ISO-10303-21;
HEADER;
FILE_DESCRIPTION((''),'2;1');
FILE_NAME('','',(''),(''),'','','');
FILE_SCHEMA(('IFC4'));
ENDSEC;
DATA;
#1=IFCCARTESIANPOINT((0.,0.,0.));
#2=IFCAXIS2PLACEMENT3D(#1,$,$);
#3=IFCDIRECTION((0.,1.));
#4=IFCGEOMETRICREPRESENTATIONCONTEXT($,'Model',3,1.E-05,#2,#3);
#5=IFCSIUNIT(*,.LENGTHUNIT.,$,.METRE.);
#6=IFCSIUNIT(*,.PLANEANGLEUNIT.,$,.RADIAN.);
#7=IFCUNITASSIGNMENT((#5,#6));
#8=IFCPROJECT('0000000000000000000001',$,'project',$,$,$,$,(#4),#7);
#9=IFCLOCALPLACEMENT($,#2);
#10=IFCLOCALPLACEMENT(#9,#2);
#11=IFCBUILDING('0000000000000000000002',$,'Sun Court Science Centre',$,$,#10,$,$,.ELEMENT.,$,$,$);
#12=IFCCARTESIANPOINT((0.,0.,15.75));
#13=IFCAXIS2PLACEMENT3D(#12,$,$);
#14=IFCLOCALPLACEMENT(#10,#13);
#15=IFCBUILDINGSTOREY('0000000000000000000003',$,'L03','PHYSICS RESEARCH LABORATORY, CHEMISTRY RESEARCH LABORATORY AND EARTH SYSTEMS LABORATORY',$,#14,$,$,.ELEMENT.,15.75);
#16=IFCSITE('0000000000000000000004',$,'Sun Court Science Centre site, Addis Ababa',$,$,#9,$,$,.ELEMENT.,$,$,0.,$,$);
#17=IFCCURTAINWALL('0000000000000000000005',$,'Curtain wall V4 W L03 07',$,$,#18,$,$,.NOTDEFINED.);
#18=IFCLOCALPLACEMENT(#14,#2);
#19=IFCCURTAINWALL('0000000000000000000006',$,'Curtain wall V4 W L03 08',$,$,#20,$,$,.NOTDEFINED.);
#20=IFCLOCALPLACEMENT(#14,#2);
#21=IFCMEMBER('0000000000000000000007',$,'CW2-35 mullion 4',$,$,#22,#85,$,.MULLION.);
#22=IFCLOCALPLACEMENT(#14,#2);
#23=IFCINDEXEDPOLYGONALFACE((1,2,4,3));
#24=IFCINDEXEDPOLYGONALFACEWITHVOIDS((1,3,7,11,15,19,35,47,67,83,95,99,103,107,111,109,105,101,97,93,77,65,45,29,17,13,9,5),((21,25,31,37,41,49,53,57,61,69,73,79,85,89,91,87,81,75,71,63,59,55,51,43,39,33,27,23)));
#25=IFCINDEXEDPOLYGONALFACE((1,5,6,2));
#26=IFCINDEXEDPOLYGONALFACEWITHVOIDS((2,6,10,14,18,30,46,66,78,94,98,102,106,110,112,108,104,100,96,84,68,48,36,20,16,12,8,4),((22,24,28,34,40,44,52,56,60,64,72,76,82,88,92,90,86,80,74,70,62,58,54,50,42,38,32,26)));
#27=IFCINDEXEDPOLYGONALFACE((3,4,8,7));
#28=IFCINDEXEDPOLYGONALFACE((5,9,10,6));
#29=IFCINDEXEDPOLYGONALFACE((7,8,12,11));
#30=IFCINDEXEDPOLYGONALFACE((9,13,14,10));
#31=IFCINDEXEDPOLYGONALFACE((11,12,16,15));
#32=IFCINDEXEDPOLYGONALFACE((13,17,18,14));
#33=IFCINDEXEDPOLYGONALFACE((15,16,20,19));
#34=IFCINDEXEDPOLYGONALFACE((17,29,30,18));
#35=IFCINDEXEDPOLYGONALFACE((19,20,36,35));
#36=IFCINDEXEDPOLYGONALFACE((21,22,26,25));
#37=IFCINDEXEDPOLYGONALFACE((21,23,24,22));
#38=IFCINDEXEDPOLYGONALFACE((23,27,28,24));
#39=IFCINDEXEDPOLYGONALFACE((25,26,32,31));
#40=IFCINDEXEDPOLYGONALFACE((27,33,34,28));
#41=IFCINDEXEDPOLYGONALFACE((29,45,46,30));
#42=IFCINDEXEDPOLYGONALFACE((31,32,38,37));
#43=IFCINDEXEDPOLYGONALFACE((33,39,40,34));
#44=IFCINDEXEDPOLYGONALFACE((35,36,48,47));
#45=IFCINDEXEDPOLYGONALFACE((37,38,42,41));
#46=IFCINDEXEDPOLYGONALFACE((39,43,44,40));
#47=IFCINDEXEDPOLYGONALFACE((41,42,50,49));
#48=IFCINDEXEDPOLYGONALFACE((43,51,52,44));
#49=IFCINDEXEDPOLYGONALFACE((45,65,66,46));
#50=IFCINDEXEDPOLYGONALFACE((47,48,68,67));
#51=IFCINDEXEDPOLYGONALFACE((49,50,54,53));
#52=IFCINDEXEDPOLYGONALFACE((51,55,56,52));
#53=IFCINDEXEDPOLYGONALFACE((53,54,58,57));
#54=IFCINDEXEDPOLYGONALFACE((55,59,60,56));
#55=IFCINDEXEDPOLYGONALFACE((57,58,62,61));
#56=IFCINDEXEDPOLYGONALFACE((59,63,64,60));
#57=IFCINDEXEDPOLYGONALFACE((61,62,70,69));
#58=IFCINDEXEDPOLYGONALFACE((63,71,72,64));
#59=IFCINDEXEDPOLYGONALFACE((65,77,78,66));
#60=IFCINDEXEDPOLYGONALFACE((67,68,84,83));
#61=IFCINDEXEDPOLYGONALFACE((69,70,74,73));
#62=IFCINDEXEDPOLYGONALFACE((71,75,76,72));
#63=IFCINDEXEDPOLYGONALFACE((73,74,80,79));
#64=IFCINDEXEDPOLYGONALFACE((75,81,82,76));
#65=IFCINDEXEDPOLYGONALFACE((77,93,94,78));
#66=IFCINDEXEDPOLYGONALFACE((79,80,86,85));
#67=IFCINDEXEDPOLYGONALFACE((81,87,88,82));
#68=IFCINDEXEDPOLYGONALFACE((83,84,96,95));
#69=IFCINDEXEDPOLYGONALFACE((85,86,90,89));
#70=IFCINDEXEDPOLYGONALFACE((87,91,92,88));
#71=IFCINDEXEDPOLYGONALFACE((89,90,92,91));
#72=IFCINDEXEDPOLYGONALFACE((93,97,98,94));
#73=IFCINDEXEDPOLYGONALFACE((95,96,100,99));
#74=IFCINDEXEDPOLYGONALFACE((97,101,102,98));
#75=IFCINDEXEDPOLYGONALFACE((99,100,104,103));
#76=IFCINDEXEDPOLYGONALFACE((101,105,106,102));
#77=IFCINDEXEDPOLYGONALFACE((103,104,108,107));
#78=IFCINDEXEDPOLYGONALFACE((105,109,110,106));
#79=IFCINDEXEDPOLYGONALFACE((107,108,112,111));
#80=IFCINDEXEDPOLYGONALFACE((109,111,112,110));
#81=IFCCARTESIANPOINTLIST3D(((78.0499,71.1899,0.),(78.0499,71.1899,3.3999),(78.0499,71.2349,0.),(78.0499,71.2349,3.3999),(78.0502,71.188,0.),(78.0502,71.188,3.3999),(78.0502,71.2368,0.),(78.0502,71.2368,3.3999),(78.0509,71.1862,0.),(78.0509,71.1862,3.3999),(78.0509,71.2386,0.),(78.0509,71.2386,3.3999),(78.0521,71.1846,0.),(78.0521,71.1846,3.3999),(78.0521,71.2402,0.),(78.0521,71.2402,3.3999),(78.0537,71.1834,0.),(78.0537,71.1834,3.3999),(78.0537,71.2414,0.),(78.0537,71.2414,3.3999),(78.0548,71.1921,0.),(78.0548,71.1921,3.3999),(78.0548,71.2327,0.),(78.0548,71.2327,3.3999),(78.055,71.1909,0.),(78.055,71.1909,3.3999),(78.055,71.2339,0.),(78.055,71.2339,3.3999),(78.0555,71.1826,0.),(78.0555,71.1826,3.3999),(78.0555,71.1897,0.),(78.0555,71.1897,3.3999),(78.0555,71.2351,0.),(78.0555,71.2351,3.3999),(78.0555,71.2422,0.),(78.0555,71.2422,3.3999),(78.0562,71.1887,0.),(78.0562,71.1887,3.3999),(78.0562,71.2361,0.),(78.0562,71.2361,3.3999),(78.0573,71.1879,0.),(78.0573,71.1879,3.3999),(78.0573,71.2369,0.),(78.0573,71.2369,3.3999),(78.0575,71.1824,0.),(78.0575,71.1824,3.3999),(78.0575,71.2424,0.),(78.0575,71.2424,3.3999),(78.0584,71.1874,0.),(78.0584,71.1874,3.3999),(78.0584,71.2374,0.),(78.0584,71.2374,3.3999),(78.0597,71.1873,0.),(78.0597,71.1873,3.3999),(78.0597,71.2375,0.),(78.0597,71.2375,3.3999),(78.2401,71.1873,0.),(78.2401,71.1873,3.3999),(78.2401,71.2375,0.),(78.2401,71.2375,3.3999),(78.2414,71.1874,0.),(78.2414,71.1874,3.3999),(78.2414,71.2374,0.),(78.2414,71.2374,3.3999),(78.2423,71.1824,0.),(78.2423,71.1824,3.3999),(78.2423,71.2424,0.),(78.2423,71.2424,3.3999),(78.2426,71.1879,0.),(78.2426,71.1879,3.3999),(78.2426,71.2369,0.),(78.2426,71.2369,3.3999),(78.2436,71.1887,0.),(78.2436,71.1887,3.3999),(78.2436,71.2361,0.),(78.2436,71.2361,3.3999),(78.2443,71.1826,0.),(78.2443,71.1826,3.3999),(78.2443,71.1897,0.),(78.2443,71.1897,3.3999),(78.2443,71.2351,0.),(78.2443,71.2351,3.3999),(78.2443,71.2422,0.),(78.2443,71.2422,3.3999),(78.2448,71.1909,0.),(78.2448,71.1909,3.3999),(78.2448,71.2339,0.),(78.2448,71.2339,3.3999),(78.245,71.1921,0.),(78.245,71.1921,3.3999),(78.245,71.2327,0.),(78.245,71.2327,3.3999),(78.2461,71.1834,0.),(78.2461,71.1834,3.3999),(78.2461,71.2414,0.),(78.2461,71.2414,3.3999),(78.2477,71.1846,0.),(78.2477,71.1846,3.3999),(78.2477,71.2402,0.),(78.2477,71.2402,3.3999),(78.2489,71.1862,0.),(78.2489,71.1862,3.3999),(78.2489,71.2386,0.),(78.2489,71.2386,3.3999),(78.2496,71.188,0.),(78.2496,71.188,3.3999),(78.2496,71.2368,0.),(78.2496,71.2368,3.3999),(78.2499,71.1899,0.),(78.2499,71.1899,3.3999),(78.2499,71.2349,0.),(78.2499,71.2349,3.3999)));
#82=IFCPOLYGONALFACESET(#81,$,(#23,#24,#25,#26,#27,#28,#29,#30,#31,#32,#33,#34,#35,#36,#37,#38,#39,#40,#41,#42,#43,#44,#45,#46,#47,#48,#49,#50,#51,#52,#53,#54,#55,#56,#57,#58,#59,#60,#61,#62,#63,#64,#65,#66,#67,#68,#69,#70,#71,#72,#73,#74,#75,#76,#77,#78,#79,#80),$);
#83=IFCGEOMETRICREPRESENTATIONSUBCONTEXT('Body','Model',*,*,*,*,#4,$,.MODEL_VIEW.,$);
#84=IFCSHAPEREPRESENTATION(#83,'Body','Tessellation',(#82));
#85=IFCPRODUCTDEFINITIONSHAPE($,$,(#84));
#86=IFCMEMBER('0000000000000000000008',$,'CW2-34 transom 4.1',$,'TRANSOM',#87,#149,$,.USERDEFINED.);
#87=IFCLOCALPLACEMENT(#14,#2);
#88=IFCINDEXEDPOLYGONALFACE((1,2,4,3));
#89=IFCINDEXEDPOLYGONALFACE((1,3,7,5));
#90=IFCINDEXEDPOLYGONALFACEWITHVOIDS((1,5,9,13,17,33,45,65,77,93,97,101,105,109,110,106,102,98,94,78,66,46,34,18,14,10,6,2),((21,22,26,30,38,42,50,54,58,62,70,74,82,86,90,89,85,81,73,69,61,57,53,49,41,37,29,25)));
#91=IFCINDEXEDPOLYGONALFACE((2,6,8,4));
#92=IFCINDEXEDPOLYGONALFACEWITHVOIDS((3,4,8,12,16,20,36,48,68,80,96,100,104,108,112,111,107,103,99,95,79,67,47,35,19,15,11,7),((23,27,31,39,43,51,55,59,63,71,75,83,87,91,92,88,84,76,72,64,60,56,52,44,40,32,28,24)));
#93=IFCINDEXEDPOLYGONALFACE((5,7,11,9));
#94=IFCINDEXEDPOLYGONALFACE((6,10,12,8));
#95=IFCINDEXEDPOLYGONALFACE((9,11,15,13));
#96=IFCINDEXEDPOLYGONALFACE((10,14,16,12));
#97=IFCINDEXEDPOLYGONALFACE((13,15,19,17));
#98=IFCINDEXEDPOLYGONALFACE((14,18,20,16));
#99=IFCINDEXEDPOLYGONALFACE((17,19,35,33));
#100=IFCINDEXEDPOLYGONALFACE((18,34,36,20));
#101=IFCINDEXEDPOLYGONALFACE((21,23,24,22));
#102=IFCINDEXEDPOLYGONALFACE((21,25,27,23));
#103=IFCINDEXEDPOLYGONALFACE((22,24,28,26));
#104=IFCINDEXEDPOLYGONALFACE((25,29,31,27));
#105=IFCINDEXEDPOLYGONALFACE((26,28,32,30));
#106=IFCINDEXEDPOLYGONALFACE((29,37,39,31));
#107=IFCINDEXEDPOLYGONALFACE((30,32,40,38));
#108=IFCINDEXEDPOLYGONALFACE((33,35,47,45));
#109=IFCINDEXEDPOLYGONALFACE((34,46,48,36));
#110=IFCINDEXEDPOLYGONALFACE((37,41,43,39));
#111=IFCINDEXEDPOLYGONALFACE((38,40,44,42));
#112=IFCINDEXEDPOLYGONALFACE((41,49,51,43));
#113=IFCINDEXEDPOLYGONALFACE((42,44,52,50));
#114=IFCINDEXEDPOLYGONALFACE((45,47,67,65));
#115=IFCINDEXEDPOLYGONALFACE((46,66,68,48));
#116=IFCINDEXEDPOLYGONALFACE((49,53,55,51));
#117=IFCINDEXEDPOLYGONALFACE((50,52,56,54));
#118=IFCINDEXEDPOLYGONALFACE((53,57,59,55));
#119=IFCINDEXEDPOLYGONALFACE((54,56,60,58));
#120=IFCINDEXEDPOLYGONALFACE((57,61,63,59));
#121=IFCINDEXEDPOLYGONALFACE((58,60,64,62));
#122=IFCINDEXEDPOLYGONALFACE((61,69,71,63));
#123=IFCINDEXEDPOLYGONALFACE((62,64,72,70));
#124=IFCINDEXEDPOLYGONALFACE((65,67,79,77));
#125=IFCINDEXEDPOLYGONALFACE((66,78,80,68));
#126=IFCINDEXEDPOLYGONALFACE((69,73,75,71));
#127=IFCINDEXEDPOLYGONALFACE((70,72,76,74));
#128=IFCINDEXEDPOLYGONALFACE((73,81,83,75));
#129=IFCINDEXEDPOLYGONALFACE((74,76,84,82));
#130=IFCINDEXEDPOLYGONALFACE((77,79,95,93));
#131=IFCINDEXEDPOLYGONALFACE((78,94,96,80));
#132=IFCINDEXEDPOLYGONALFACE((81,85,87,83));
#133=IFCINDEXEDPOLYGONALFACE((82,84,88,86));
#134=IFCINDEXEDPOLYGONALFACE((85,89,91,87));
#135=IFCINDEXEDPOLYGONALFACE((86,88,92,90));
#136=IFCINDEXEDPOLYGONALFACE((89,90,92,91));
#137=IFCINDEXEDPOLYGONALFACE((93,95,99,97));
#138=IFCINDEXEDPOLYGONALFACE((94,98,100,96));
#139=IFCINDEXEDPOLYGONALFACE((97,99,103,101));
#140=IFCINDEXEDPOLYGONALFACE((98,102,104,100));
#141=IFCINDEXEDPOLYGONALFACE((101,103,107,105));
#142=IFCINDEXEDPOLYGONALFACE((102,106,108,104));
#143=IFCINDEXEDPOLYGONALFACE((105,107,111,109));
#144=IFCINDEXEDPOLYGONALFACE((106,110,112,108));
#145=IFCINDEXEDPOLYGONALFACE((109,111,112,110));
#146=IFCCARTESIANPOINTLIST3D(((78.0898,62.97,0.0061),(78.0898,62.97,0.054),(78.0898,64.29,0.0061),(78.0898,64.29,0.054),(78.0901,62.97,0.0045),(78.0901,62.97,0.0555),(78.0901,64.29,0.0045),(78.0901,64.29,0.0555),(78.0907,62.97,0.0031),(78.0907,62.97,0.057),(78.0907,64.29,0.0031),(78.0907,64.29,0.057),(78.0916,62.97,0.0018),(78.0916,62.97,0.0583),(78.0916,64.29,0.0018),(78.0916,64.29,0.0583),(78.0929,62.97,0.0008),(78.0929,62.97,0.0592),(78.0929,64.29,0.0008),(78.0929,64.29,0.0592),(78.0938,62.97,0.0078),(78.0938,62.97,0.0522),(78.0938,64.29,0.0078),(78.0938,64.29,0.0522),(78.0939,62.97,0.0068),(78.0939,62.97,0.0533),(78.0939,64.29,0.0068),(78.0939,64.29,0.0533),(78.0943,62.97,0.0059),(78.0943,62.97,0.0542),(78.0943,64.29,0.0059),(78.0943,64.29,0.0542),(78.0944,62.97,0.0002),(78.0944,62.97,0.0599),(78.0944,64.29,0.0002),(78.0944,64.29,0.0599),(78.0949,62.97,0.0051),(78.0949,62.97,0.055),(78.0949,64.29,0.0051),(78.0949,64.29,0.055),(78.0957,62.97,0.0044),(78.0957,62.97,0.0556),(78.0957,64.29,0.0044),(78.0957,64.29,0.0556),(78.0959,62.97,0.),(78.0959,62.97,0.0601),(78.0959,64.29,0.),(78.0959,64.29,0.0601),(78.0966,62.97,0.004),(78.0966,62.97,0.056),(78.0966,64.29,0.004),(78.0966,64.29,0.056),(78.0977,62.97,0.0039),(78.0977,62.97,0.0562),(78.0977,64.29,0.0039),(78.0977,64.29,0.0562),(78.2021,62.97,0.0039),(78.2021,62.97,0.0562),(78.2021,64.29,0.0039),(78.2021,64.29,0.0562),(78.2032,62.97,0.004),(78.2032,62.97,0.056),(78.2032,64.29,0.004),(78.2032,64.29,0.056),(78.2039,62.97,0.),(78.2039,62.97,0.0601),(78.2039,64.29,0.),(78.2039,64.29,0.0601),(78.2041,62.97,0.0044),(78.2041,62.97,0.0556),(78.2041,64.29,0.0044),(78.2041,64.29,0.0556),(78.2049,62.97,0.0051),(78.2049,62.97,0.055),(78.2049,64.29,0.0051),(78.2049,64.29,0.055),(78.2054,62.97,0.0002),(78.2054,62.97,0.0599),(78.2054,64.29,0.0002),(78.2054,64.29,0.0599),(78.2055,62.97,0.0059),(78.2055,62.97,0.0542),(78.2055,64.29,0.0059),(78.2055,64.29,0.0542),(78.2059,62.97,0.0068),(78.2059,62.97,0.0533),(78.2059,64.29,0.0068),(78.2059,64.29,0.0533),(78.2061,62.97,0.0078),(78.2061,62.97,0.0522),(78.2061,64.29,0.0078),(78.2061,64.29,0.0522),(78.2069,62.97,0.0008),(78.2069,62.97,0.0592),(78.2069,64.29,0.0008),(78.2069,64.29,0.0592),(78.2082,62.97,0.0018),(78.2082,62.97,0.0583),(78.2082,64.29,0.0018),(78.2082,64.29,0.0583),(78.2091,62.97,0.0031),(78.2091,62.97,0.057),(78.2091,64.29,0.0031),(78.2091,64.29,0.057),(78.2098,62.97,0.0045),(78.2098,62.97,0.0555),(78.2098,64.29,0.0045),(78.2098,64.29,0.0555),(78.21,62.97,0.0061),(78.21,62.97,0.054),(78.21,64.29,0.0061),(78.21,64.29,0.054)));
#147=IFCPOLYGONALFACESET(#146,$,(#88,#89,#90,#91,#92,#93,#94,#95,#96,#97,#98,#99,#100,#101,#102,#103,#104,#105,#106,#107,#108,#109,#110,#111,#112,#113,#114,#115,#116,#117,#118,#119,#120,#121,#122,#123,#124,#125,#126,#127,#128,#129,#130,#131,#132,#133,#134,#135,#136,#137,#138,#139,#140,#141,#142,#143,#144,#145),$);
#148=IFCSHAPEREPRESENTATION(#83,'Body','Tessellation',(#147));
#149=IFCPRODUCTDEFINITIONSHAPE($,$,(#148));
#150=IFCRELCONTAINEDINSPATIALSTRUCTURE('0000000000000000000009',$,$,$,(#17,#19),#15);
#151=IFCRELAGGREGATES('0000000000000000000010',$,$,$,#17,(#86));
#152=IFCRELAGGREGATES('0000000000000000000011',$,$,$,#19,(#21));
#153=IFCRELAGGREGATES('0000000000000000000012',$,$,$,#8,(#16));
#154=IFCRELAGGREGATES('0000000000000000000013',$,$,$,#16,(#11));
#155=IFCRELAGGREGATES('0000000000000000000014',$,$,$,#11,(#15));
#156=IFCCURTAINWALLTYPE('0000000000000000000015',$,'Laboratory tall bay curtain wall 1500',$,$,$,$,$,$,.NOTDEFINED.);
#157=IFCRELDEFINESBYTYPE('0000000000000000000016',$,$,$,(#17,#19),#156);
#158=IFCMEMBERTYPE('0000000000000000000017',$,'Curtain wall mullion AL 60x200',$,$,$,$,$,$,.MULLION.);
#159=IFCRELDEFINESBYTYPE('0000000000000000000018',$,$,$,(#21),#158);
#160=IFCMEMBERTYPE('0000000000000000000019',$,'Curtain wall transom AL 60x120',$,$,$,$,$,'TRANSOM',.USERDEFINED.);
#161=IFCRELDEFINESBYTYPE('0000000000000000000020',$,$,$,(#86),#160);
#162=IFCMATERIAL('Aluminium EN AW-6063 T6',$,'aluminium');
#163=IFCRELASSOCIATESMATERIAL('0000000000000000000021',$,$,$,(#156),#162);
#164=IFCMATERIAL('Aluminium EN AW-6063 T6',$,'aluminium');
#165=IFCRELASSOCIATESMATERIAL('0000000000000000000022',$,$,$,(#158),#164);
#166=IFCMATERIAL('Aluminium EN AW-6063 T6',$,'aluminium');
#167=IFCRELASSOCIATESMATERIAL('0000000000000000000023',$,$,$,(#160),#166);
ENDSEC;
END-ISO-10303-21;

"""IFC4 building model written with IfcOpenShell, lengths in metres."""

from ifc_helpers import new_model, si_unit, direction, frame, origin, origin_2d, place, context, subcontext, project, spatial, hollow_rectangle, extrude, material, material_profile, profile_set, type_object, element, aggregate, save


model = new_model("IFC4")

# Units and contexts
model_context = context("Model", 3, precision=1e-05, world=origin(), true_north=direction((0.0, 1.0)))
body_context = subcontext(model_context, "Body", "Model", "MODEL_VIEW")
ifc_project = project(units=[si_unit("LENGTHUNIT", "METRE"), si_unit("PLANEANGLEUNIT", "RADIAN")], contexts=[model_context])

# Site, building, storey
site_placement = place(None, origin())
site = spatial("IfcSite", under=ifc_project, at=site_placement, Name="Sun Court Science Centre site, Addis Ababa", CompositionType="ELEMENT", RefElevation=0.0)
building_placement = place(site_placement, origin())
building = spatial("IfcBuilding", under=site, at=building_placement, Name="Sun Court Science Centre", CompositionType="ELEMENT")
storey_placement = place(building_placement, frame((0.0, 0.0, 15.75)))
storey = spatial("IfcBuildingStorey", under=building, at=storey_placement, Name="L03", Description="PHYSICS RESEARCH LABORATORY, CHEMISTRY RESEARCH LABORATORY AND EARTH SYSTEMS LABORATORY", CompositionType="ELEMENT", Elevation=15.75)

# Curtain walls, member
ifc_material_1 = material(Name="Aluminium EN AW-6063 T6", Category="aluminium")
curtain_wall_type = type_object("IfcCurtainWallType", Name="Laboratory tall bay curtain wall 1500", PredefinedType="NOTDEFINED", material=ifc_material_1)
curtain_wall_1_placement = place(storey_placement, origin())
curtain_wall_1 = element("IfcCurtainWall", 1, at=curtain_wall_1_placement, inside=storey, type_object=curtain_wall_type, Name="Curtain wall V4 W L03 07", PredefinedType="NOTDEFINED")
ifc_material_2 = material(Name="Aluminium EN AW-6063 T6", Category="aluminium")
ifc_material_profile_1 = material_profile(ifc_material_2, hollow_rectangle(XDim=0.0601, YDim=0.2, WallThickness=0.0049, InnerFilletRadius=0.0049, OuterFilletRadius=0.0076, at=origin_2d()), Name="AL 60x200x5")
ifc_profile_set_1 = profile_set([ifc_material_profile_1], Name="Aluminium EN AW-6063 T6")
member_type_1 = type_object("IfcMemberType", Name="Curtain wall mullion AL 60x200", PredefinedType="MULLION", material=ifc_profile_set_1)
curtain_wall_2_placement = place(storey_placement, origin())
curtain_wall_2 = element("IfcCurtainWall", 2, at=curtain_wall_2_placement, inside=storey, type_object=curtain_wall_type, Name="Curtain wall V4 W L03 08", PredefinedType="NOTDEFINED")
member_1_placement = place(storey_placement, frame((78.1499, 71.2124, 0.0), z_axis=(0.0, 0.0, 1.0), x_axis=(0.0, 1.0, 0.0)))
member_1 = element("IfcMember", 3, at=member_1_placement, type_object=member_type_1, Name="CW2-35 mullion 4", PredefinedType="MULLION", context=body_context, shape_type="SweptSolid", body=[
    extrude(hollow_rectangle(XDim=0.0601, YDim=0.2, WallThickness=0.0049, InnerFilletRadius=0.0049, OuterFilletRadius=0.0076, at=origin_2d()), origin(), (0.0, 0.0, 1.0), 3.3999),
])

# Member
ifc_material_3 = material(Name="Aluminium EN AW-6063 T6", Category="aluminium")
ifc_material_profile_2 = material_profile(ifc_material_3, hollow_rectangle(XDim=0.0601, YDim=0.1201, WallThickness=0.0039, InnerFilletRadius=0.0039, OuterFilletRadius=0.0061, at=origin_2d()), Name="AL 60x120x4")
ifc_profile_set_2 = profile_set([ifc_material_profile_2], Name="Aluminium EN AW-6063 T6")
member_type_2 = type_object("IfcMemberType", Name="Curtain wall transom AL 60x120", ElementType="TRANSOM", PredefinedType="USERDEFINED", material=ifc_profile_set_2)
member_2_placement = place(storey_placement, frame((78.1499, 62.97, 0.03), z_axis=(0.0, 1.0, 0.0), x_axis=(0.0, 0.0, 1.0)))
member_2 = element("IfcMember", 4, at=member_2_placement, type_object=member_type_2, Name="CW2-34 transom 4.1", ObjectType="TRANSOM", PredefinedType="USERDEFINED", context=body_context, shape_type="SweptSolid", body=[
    extrude(hollow_rectangle(XDim=0.0601, YDim=0.1201, WallThickness=0.0039, InnerFilletRadius=0.0039, OuterFilletRadius=0.0061, at=origin_2d()), origin(), (0.0, 0.0, 1.0), 1.3201),
])

aggregate(curtain_wall_1, [member_2])
aggregate(curtain_wall_2, [member_1])

save(model, "model.ifc")
